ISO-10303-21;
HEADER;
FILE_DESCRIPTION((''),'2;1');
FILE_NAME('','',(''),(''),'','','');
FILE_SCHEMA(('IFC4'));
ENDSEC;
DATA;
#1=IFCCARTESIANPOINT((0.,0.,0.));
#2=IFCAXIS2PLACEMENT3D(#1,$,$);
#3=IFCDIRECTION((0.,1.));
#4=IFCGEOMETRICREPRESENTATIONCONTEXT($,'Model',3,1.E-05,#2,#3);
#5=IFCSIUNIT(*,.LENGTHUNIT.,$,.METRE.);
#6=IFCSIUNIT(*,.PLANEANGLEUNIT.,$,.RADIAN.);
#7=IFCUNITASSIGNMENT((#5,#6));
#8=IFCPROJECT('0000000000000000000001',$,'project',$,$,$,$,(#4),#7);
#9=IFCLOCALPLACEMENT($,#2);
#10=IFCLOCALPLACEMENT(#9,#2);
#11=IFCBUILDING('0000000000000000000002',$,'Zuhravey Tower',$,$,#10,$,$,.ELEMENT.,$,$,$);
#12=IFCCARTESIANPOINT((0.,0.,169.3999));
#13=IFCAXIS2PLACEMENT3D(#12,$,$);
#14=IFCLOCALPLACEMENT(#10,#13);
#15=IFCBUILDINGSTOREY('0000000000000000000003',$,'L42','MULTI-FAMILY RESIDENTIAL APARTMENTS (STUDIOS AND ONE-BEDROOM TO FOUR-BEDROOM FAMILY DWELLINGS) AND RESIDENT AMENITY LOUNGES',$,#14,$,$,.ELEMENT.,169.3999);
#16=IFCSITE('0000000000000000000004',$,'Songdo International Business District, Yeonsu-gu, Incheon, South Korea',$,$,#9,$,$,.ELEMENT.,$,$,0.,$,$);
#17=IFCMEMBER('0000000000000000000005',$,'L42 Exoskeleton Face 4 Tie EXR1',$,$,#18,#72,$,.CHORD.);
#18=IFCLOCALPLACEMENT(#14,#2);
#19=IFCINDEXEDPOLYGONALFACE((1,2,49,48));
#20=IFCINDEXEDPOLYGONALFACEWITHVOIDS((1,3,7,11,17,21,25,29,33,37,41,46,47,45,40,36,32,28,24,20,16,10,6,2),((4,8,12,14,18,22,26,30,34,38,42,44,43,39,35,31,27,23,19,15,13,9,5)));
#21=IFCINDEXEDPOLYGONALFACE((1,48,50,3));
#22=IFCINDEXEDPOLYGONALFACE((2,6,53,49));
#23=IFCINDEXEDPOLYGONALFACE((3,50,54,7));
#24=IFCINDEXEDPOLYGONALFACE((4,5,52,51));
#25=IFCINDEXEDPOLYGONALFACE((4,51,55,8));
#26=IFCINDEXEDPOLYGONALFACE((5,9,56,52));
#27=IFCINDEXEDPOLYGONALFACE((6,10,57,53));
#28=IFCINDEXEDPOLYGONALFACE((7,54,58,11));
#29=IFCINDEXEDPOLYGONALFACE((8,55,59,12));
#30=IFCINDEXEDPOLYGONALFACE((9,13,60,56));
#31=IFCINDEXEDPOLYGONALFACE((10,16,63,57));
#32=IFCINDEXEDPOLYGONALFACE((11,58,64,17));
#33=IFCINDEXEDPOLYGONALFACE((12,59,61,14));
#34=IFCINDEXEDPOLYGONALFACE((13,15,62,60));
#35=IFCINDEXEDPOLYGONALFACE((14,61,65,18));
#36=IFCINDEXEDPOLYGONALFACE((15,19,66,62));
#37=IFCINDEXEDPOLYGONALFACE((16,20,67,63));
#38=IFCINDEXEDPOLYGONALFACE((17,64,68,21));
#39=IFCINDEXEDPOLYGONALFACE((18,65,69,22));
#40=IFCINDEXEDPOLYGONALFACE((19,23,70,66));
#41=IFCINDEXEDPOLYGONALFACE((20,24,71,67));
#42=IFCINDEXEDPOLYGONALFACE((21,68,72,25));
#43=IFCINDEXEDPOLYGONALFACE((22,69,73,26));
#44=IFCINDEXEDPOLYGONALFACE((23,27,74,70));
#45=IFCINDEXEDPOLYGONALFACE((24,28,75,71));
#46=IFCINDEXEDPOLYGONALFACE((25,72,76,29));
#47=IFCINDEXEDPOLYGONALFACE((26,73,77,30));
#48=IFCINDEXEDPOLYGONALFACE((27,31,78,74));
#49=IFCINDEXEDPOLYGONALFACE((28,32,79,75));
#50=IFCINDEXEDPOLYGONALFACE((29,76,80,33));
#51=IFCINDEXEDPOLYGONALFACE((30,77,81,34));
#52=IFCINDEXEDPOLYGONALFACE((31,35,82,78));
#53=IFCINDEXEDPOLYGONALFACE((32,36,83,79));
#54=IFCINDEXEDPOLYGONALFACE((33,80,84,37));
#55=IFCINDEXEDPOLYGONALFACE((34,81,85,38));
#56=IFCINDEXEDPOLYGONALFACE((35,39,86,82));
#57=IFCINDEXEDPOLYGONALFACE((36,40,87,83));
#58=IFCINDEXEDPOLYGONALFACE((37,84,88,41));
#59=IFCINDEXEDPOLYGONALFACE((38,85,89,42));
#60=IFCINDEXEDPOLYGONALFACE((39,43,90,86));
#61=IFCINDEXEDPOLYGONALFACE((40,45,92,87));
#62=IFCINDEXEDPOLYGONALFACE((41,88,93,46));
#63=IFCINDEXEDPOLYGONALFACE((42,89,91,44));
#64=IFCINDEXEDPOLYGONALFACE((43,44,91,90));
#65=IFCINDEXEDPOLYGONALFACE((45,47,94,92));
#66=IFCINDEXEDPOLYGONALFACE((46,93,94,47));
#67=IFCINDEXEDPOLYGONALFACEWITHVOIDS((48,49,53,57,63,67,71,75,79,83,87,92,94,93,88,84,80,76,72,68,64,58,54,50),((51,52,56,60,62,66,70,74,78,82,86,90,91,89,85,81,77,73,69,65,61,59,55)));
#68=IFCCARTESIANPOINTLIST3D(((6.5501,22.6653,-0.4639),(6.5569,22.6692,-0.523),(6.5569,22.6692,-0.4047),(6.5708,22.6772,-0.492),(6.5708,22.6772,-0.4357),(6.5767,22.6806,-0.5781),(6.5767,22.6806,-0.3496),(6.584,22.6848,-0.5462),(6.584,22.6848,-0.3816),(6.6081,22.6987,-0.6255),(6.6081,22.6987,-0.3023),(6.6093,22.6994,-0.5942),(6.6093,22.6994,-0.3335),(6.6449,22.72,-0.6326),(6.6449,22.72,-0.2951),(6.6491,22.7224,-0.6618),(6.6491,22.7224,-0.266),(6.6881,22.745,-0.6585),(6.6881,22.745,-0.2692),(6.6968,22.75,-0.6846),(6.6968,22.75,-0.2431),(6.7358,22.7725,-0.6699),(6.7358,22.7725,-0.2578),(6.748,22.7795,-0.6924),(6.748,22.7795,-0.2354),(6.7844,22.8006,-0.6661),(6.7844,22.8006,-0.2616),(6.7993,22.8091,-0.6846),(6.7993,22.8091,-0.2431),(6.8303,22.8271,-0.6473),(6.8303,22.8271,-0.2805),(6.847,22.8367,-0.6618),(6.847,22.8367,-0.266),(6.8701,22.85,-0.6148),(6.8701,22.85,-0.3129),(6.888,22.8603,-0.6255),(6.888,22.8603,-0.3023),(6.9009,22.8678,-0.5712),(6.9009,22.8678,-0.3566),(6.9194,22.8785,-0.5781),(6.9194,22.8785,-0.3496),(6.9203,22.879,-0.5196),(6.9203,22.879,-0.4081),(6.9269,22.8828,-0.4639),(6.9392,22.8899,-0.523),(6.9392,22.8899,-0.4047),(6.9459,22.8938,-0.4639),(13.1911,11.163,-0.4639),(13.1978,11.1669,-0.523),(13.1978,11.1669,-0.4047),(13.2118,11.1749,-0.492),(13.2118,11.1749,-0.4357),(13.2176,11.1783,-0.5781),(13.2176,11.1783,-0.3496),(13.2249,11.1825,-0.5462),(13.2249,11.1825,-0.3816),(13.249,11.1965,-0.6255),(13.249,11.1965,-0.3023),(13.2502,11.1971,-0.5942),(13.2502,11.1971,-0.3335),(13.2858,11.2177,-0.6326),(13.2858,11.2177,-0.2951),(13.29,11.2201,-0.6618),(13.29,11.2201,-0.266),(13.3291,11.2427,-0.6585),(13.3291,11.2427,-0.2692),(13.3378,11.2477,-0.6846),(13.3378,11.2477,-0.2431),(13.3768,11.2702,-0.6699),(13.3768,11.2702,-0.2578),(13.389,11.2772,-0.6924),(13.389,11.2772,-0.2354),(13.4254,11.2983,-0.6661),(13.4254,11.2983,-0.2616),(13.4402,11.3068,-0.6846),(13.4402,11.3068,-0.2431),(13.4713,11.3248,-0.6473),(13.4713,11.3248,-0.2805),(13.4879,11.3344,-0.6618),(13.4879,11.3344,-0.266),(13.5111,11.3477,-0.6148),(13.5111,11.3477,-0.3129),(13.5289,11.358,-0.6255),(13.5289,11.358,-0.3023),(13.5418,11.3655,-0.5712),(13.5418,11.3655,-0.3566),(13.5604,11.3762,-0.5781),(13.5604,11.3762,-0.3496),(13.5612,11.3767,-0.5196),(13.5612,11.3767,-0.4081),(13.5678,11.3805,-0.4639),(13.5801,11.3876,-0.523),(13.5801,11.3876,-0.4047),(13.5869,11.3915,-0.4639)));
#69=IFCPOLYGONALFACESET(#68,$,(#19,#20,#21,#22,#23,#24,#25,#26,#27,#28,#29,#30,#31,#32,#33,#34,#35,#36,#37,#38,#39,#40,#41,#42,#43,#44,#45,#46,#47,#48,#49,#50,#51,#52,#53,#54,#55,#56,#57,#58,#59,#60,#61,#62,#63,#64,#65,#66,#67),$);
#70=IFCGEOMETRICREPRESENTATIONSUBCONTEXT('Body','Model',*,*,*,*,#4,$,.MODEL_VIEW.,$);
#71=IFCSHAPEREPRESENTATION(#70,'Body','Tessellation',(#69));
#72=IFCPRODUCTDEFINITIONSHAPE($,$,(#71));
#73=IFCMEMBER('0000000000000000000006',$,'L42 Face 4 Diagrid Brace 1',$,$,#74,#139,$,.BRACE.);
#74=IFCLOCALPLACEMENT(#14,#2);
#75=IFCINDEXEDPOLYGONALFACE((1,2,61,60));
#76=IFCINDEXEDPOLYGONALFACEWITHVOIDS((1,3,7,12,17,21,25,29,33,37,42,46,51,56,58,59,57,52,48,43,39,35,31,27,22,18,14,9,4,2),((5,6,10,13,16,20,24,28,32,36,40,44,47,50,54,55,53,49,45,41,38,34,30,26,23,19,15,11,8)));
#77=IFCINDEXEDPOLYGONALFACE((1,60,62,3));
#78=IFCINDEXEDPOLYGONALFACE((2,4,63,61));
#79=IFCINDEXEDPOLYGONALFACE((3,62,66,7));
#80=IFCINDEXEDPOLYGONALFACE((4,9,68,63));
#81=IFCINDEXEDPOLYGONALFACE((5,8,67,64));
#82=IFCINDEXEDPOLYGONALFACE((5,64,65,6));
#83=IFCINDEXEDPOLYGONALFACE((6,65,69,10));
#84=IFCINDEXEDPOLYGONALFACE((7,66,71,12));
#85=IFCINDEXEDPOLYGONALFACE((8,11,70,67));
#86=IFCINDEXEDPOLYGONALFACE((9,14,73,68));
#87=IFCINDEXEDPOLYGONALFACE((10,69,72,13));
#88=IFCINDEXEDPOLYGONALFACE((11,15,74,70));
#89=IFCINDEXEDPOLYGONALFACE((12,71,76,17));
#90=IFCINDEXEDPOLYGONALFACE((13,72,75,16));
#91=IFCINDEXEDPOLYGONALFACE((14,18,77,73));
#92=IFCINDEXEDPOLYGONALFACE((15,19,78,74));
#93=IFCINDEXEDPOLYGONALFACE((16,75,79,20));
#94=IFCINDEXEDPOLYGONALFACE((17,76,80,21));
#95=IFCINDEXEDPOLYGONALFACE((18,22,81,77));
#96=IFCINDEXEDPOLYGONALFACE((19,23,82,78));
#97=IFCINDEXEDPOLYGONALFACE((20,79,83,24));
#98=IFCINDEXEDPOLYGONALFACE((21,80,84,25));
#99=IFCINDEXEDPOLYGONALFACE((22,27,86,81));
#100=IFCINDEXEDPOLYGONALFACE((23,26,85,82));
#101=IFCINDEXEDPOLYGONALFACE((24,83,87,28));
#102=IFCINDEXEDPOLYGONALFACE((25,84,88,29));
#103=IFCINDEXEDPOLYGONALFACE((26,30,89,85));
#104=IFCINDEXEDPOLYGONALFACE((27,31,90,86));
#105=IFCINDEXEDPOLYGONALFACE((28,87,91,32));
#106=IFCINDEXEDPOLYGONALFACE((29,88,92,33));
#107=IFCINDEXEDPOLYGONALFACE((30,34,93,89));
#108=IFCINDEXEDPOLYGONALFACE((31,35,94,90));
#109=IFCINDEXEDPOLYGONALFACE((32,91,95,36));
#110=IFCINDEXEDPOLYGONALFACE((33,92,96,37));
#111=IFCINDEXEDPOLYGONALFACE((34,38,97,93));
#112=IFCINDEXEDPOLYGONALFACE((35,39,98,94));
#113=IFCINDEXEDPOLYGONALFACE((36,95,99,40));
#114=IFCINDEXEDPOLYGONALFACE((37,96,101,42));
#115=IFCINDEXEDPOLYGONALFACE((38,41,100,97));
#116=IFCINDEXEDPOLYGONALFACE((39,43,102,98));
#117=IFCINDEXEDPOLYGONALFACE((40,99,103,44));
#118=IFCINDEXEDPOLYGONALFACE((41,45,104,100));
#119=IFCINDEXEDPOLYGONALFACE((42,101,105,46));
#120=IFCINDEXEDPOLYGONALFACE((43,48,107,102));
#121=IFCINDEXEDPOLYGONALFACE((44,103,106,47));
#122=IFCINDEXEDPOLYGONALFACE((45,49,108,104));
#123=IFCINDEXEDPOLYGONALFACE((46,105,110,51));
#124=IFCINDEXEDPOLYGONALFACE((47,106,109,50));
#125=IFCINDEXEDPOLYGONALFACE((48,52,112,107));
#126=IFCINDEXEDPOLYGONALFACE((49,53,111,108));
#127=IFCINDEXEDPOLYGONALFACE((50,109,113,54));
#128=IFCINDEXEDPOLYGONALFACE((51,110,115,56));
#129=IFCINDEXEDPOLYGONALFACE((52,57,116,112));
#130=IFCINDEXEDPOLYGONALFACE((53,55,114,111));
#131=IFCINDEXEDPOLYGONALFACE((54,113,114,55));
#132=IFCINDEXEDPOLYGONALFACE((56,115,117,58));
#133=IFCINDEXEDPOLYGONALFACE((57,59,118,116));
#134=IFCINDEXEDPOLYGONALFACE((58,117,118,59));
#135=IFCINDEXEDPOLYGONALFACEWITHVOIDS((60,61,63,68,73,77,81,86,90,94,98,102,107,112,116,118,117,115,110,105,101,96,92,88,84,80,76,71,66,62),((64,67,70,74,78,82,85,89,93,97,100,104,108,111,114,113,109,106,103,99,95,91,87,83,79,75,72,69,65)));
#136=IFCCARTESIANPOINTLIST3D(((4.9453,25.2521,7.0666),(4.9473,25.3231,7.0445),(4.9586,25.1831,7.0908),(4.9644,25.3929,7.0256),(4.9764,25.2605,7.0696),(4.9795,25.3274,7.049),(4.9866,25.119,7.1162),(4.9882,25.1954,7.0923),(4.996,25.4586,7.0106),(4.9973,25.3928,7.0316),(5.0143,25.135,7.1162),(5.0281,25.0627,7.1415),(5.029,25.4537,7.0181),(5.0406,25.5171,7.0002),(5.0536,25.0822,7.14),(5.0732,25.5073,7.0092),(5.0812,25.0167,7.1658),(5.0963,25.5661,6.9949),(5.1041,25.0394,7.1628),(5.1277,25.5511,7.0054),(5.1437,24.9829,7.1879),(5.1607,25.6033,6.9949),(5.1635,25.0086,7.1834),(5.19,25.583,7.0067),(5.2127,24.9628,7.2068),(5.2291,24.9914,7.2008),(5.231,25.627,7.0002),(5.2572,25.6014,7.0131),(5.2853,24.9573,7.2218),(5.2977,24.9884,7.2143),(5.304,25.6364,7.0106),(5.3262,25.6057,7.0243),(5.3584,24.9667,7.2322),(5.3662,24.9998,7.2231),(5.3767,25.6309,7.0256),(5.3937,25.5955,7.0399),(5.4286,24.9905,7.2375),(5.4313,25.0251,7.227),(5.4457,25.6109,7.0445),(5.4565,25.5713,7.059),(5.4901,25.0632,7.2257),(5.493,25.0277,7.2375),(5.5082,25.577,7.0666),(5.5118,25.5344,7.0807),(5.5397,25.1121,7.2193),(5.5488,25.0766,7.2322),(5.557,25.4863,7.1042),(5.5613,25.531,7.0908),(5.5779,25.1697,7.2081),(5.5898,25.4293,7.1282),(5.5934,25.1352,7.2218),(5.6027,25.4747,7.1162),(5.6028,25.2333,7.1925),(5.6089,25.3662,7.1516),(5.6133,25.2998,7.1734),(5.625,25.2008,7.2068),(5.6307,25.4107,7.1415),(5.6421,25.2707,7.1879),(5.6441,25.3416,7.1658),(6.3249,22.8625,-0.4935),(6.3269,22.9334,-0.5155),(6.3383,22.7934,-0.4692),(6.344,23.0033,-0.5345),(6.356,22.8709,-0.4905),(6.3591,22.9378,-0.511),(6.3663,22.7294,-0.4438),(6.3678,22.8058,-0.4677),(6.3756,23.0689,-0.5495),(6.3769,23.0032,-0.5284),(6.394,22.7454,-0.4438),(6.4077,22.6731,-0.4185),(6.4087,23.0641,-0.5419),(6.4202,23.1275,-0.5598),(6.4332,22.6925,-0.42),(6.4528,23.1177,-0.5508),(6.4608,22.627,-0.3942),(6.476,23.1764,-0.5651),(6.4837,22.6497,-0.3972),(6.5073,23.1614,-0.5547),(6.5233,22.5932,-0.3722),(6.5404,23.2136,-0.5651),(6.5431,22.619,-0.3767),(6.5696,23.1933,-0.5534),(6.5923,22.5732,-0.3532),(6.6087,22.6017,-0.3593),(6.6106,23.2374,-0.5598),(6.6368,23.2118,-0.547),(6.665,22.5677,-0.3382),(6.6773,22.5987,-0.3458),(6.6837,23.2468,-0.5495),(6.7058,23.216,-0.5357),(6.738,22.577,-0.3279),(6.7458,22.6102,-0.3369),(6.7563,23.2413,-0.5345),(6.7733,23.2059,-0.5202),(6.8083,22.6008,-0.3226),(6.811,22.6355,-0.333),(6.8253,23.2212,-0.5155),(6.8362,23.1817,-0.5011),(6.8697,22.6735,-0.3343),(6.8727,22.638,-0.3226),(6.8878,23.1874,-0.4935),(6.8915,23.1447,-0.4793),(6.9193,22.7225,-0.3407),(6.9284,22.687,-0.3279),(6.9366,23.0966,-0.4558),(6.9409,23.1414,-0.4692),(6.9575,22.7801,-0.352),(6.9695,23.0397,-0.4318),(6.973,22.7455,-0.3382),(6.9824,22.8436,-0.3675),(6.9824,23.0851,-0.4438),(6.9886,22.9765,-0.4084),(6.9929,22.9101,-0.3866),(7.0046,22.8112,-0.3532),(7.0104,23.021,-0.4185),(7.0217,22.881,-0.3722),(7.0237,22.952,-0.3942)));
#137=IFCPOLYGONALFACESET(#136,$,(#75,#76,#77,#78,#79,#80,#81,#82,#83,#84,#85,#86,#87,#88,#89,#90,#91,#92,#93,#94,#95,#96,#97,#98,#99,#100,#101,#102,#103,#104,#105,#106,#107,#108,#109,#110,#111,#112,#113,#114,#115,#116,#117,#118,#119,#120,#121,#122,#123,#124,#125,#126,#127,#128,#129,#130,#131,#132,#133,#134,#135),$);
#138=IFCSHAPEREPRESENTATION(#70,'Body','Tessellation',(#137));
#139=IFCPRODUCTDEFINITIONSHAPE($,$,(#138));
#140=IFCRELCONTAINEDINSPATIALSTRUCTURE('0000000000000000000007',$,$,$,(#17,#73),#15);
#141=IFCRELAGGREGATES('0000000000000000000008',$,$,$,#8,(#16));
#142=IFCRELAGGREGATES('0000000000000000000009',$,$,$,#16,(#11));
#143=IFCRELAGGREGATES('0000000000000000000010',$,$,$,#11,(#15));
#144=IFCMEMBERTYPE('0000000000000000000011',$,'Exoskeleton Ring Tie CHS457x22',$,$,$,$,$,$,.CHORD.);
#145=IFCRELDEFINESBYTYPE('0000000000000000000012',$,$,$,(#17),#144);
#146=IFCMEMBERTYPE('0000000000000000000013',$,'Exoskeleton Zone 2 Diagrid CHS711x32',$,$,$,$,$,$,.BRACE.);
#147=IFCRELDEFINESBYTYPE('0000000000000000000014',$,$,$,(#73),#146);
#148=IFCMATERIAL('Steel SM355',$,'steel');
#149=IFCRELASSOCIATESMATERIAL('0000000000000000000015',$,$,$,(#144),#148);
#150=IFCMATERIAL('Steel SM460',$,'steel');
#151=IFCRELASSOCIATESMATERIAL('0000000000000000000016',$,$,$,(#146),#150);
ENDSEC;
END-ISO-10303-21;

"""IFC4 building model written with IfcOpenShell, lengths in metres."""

from ifc_helpers import new_model, si_unit, direction, frame, origin, origin_2d, place, context, subcontext, project, spatial, hollow_circle, extrude, material, material_profile, profile_set, type_object, element, save


model = new_model("IFC4")

# Units and contexts
model_context = context("Model", 3, precision=1e-05, world=origin(), true_north=direction((0.0, 1.0)))
body_context = subcontext(model_context, "Body", "Model", "MODEL_VIEW")
ifc_project = project(units=[si_unit("LENGTHUNIT", "METRE"), si_unit("PLANEANGLEUNIT", "RADIAN")], contexts=[model_context])

# Site, building, storey
site_placement = place(None, origin())
site = spatial("IfcSite", under=ifc_project, at=site_placement, Name="Songdo International Business District, Yeonsu-gu, Incheon, South Korea", CompositionType="ELEMENT", RefElevation=0.0)
building_placement = place(site_placement, origin())
building = spatial("IfcBuilding", under=site, at=building_placement, Name="Zuhravey Tower", CompositionType="ELEMENT")
storey_placement = place(building_placement, frame((0.0, 0.0, 169.3999)))
storey = spatial("IfcBuildingStorey", under=building, at=storey_placement, Name="L42", Description="MULTI-FAMILY RESIDENTIAL APARTMENTS (STUDIOS AND ONE-BEDROOM TO FOUR-BEDROOM FAMILY DWELLINGS) AND RESIDENT AMENITY LOUNGES", CompositionType="ELEMENT", Elevation=169.3999)

# Members
ifc_material_1 = material(Name="Steel SM355", Category="steel")
ifc_material_profile_1 = material_profile(ifc_material_1, hollow_circle(Radius=0.2285, WallThickness=0.022, at=origin_2d()), Name="CHS-457.2x22")
ifc_profile_set_1 = profile_set([ifc_material_profile_1], Name="Steel SM355")
member_type_1 = type_object("IfcMemberType", Name="Exoskeleton Ring Tie CHS457x22", PredefinedType="CHORD", material=ifc_profile_set_1)
member_1_placement = place(storey_placement, frame((6.748, 22.7795, -0.4639), z_axis=(0.500004, -0.866023, 0.0), x_axis=(0.866023, 0.500004, 0.0)))
element("IfcMember", 1, at=member_1_placement, inside=storey, type_object=member_type_1, Name="L42 Exoskeleton Face 4 Tie EXR1", PredefinedType="CHORD", context=body_context, shape_type="SweptSolid", body=[
    extrude(hollow_circle(Radius=0.2285, WallThickness=0.022, at=origin_2d()), origin(), (0.0, 0.0, 1.0), 13.2817),
])
ifc_material_2 = material(Name="Steel SM460", Category="steel")
ifc_material_profile_2 = material_profile(ifc_material_2, hollow_circle(Radius=0.3557, WallThickness=0.032, at=origin_2d()), Name="CHS-711.2x32")
ifc_profile_set_2 = profile_set([ifc_material_profile_2], Name="Steel SM460")
member_type_2 = type_object("IfcMemberType", Name="Exoskeleton Zone 2 Diagrid CHS711x32", PredefinedType="BRACE", material=ifc_profile_set_2)
member_2_placement = place(storey_placement, frame((6.6743, 22.9072, -0.4438), z_axis=(-0.171429, 0.296929, 0.939386), x_axis=(-0.866029, -0.499993, 0.0)))
element("IfcMember", 2, at=member_2_placement, inside=storey, type_object=member_type_2, Name="L42 Face 4 Diagrid Brace 1", PredefinedType="BRACE", context=body_context, shape_type="SweptSolid", body=[
    extrude(hollow_circle(Radius=0.3557, WallThickness=0.032, at=origin_2d()), origin(), (0.0, 0.0, 1.0), 8.0479),
])

save(model, "model.ifc")
